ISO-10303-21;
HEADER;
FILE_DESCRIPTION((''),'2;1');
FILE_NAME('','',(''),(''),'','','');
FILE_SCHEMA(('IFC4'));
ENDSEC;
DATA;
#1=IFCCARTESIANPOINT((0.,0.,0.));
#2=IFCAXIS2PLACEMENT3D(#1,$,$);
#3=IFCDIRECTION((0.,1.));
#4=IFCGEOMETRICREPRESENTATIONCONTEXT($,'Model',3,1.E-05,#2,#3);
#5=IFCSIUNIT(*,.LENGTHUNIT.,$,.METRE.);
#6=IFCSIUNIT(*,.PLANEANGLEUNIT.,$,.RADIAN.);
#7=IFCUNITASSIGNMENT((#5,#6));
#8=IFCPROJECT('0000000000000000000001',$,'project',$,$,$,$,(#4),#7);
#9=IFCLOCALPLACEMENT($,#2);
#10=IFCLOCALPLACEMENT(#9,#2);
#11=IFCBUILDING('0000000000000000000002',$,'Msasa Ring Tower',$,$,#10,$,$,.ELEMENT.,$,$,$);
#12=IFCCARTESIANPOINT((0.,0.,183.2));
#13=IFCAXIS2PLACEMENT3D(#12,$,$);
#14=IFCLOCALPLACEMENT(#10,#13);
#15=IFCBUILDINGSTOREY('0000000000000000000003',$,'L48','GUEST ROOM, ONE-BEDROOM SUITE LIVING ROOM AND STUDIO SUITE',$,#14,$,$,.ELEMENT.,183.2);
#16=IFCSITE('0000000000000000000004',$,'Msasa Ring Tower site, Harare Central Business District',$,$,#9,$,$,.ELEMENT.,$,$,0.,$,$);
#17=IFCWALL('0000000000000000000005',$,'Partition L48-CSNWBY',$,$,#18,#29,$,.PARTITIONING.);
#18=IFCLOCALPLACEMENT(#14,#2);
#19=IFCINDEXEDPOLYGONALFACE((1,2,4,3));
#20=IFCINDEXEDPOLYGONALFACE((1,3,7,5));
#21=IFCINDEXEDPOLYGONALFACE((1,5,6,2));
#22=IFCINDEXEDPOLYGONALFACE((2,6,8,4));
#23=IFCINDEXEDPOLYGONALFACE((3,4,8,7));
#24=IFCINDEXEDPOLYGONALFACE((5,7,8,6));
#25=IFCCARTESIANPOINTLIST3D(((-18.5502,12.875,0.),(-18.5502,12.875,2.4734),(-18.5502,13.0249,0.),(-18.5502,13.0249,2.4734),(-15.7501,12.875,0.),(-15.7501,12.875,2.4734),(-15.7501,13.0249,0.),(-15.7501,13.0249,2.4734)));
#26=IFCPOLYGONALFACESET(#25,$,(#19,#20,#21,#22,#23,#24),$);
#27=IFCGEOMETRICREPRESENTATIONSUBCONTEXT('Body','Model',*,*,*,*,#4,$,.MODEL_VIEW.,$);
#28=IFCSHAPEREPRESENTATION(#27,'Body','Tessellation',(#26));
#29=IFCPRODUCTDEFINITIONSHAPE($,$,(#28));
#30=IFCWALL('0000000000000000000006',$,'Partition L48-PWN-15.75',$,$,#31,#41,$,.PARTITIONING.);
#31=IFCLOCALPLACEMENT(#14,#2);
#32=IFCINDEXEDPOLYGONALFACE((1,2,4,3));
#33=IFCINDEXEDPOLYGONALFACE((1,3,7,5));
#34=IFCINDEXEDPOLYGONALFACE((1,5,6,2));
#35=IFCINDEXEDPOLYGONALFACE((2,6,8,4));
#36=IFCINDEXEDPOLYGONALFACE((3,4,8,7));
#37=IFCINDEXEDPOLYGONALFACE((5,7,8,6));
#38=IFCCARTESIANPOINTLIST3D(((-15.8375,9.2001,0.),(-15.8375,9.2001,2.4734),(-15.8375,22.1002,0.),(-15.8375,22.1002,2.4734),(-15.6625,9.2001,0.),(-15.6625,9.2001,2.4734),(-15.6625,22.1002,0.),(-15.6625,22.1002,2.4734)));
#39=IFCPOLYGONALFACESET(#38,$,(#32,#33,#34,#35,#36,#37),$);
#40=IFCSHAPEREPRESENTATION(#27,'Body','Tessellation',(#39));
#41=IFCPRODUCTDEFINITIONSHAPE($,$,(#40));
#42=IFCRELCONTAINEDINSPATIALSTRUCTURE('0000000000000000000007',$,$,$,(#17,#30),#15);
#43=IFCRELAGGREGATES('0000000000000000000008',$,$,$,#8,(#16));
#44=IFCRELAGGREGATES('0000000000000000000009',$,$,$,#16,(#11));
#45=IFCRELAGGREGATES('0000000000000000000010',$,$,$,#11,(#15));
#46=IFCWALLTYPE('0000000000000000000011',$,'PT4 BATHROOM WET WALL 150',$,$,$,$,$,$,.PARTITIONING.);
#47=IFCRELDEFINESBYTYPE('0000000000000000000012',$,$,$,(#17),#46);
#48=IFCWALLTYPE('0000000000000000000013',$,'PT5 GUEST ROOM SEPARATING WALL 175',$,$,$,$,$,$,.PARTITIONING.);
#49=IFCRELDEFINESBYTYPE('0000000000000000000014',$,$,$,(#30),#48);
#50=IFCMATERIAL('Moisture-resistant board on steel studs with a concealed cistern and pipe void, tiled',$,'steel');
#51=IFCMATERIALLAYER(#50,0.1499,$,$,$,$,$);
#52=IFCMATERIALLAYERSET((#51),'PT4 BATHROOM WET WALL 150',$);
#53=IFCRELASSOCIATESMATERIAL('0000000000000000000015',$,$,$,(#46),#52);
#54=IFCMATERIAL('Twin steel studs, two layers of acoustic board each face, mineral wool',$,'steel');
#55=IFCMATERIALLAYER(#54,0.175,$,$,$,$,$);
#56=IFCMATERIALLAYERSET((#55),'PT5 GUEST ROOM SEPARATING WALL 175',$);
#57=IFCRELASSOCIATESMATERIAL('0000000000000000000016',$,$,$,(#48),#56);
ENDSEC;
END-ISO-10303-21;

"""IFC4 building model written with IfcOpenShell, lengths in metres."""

from ifc_helpers import new_model, si_unit, direction, frame, frame_2d, origin, place, context, subcontext, project, spatial, rectangle, extrude, material, layer, layer_set, type_object, element, save


model = new_model("IFC4")

# Units and contexts
model_context = context("Model", 3, precision=1e-05, world=origin(), true_north=direction((0.0, 1.0)))
body_context = subcontext(model_context, "Body", "Model", "MODEL_VIEW")
ifc_project = project(units=[si_unit("LENGTHUNIT", "METRE"), si_unit("PLANEANGLEUNIT", "RADIAN")], contexts=[model_context])

# Site, building, storey
site_placement = place(None, origin())
site = spatial("IfcSite", under=ifc_project, at=site_placement, Name="Msasa Ring Tower site, Harare Central Business District", CompositionType="ELEMENT", RefElevation=0.0)
building_placement = place(site_placement, origin())
building = spatial("IfcBuilding", under=site, at=building_placement, Name="Msasa Ring Tower", CompositionType="ELEMENT")
storey_placement = place(building_placement, frame((0.0, 0.0, 183.2)))
storey = spatial("IfcBuildingStorey", under=building, at=storey_placement, Name="L48", Description="GUEST ROOM, ONE-BEDROOM SUITE LIVING ROOM AND STUDIO SUITE", CompositionType="ELEMENT", Elevation=183.2)

# Shared definitions
ifc_material_1 = material(Name="Moisture-resistant board on steel studs with a concealed cistern and pipe void, tiled", Category="steel")
ifc_layer_1 = layer(ifc_material_1, 0.1499)
ifc_layer_set_1 = layer_set([ifc_layer_1], Name="PT4 BATHROOM WET WALL 150")
wall_type_1 = type_object("IfcWallType", Name="PT4 BATHROOM WET WALL 150", PredefinedType="PARTITIONING", material=ifc_layer_set_1)

# Walls
wall_1_placement = place(storey_placement, frame((-18.55, 12.95, 0.0), z_axis=(0.0, 0.0, 1.0), x_axis=(1.0, 0.0, 0.0)))
element("IfcWall", 1, at=wall_1_placement, inside=storey, type_object=wall_type_1, Name="Partition L48-CSNWBY", PredefinedType="PARTITIONING", context=body_context, shape_type="SweptSolid", body=[
    extrude(rectangle(XDim=2.8, YDim=0.1499, at=frame_2d((1.3999, 0.0))), origin(), (0.0, 0.0, 1.0), 2.4734),
])
ifc_material_2 = material(Name="Twin steel studs, two layers of acoustic board each face, mineral wool", Category="steel")
ifc_layer_2 = layer(ifc_material_2, 0.175)
ifc_layer_set_2 = layer_set([ifc_layer_2], Name="PT5 GUEST ROOM SEPARATING WALL 175")
wall_type_2 = type_object("IfcWallType", Name="PT5 GUEST ROOM SEPARATING WALL 175", PredefinedType="PARTITIONING", material=ifc_layer_set_2)
wall_2_placement = place(storey_placement, frame((-15.75, 9.2, 0.0), z_axis=(0.0, 0.0, 1.0), x_axis=(0.0, 1.0, 0.0)))
element("IfcWall", 2, at=wall_2_placement, inside=storey, type_object=wall_type_2, Name="Partition L48-PWN-15.75", PredefinedType="PARTITIONING", context=body_context, shape_type="SweptSolid", body=[
    extrude(rectangle(XDim=12.9001, YDim=0.175, at=frame_2d((6.4502, 0.0))), origin(), (0.0, 0.0, 1.0), 2.4734),
])

save(model, "model.ifc")
